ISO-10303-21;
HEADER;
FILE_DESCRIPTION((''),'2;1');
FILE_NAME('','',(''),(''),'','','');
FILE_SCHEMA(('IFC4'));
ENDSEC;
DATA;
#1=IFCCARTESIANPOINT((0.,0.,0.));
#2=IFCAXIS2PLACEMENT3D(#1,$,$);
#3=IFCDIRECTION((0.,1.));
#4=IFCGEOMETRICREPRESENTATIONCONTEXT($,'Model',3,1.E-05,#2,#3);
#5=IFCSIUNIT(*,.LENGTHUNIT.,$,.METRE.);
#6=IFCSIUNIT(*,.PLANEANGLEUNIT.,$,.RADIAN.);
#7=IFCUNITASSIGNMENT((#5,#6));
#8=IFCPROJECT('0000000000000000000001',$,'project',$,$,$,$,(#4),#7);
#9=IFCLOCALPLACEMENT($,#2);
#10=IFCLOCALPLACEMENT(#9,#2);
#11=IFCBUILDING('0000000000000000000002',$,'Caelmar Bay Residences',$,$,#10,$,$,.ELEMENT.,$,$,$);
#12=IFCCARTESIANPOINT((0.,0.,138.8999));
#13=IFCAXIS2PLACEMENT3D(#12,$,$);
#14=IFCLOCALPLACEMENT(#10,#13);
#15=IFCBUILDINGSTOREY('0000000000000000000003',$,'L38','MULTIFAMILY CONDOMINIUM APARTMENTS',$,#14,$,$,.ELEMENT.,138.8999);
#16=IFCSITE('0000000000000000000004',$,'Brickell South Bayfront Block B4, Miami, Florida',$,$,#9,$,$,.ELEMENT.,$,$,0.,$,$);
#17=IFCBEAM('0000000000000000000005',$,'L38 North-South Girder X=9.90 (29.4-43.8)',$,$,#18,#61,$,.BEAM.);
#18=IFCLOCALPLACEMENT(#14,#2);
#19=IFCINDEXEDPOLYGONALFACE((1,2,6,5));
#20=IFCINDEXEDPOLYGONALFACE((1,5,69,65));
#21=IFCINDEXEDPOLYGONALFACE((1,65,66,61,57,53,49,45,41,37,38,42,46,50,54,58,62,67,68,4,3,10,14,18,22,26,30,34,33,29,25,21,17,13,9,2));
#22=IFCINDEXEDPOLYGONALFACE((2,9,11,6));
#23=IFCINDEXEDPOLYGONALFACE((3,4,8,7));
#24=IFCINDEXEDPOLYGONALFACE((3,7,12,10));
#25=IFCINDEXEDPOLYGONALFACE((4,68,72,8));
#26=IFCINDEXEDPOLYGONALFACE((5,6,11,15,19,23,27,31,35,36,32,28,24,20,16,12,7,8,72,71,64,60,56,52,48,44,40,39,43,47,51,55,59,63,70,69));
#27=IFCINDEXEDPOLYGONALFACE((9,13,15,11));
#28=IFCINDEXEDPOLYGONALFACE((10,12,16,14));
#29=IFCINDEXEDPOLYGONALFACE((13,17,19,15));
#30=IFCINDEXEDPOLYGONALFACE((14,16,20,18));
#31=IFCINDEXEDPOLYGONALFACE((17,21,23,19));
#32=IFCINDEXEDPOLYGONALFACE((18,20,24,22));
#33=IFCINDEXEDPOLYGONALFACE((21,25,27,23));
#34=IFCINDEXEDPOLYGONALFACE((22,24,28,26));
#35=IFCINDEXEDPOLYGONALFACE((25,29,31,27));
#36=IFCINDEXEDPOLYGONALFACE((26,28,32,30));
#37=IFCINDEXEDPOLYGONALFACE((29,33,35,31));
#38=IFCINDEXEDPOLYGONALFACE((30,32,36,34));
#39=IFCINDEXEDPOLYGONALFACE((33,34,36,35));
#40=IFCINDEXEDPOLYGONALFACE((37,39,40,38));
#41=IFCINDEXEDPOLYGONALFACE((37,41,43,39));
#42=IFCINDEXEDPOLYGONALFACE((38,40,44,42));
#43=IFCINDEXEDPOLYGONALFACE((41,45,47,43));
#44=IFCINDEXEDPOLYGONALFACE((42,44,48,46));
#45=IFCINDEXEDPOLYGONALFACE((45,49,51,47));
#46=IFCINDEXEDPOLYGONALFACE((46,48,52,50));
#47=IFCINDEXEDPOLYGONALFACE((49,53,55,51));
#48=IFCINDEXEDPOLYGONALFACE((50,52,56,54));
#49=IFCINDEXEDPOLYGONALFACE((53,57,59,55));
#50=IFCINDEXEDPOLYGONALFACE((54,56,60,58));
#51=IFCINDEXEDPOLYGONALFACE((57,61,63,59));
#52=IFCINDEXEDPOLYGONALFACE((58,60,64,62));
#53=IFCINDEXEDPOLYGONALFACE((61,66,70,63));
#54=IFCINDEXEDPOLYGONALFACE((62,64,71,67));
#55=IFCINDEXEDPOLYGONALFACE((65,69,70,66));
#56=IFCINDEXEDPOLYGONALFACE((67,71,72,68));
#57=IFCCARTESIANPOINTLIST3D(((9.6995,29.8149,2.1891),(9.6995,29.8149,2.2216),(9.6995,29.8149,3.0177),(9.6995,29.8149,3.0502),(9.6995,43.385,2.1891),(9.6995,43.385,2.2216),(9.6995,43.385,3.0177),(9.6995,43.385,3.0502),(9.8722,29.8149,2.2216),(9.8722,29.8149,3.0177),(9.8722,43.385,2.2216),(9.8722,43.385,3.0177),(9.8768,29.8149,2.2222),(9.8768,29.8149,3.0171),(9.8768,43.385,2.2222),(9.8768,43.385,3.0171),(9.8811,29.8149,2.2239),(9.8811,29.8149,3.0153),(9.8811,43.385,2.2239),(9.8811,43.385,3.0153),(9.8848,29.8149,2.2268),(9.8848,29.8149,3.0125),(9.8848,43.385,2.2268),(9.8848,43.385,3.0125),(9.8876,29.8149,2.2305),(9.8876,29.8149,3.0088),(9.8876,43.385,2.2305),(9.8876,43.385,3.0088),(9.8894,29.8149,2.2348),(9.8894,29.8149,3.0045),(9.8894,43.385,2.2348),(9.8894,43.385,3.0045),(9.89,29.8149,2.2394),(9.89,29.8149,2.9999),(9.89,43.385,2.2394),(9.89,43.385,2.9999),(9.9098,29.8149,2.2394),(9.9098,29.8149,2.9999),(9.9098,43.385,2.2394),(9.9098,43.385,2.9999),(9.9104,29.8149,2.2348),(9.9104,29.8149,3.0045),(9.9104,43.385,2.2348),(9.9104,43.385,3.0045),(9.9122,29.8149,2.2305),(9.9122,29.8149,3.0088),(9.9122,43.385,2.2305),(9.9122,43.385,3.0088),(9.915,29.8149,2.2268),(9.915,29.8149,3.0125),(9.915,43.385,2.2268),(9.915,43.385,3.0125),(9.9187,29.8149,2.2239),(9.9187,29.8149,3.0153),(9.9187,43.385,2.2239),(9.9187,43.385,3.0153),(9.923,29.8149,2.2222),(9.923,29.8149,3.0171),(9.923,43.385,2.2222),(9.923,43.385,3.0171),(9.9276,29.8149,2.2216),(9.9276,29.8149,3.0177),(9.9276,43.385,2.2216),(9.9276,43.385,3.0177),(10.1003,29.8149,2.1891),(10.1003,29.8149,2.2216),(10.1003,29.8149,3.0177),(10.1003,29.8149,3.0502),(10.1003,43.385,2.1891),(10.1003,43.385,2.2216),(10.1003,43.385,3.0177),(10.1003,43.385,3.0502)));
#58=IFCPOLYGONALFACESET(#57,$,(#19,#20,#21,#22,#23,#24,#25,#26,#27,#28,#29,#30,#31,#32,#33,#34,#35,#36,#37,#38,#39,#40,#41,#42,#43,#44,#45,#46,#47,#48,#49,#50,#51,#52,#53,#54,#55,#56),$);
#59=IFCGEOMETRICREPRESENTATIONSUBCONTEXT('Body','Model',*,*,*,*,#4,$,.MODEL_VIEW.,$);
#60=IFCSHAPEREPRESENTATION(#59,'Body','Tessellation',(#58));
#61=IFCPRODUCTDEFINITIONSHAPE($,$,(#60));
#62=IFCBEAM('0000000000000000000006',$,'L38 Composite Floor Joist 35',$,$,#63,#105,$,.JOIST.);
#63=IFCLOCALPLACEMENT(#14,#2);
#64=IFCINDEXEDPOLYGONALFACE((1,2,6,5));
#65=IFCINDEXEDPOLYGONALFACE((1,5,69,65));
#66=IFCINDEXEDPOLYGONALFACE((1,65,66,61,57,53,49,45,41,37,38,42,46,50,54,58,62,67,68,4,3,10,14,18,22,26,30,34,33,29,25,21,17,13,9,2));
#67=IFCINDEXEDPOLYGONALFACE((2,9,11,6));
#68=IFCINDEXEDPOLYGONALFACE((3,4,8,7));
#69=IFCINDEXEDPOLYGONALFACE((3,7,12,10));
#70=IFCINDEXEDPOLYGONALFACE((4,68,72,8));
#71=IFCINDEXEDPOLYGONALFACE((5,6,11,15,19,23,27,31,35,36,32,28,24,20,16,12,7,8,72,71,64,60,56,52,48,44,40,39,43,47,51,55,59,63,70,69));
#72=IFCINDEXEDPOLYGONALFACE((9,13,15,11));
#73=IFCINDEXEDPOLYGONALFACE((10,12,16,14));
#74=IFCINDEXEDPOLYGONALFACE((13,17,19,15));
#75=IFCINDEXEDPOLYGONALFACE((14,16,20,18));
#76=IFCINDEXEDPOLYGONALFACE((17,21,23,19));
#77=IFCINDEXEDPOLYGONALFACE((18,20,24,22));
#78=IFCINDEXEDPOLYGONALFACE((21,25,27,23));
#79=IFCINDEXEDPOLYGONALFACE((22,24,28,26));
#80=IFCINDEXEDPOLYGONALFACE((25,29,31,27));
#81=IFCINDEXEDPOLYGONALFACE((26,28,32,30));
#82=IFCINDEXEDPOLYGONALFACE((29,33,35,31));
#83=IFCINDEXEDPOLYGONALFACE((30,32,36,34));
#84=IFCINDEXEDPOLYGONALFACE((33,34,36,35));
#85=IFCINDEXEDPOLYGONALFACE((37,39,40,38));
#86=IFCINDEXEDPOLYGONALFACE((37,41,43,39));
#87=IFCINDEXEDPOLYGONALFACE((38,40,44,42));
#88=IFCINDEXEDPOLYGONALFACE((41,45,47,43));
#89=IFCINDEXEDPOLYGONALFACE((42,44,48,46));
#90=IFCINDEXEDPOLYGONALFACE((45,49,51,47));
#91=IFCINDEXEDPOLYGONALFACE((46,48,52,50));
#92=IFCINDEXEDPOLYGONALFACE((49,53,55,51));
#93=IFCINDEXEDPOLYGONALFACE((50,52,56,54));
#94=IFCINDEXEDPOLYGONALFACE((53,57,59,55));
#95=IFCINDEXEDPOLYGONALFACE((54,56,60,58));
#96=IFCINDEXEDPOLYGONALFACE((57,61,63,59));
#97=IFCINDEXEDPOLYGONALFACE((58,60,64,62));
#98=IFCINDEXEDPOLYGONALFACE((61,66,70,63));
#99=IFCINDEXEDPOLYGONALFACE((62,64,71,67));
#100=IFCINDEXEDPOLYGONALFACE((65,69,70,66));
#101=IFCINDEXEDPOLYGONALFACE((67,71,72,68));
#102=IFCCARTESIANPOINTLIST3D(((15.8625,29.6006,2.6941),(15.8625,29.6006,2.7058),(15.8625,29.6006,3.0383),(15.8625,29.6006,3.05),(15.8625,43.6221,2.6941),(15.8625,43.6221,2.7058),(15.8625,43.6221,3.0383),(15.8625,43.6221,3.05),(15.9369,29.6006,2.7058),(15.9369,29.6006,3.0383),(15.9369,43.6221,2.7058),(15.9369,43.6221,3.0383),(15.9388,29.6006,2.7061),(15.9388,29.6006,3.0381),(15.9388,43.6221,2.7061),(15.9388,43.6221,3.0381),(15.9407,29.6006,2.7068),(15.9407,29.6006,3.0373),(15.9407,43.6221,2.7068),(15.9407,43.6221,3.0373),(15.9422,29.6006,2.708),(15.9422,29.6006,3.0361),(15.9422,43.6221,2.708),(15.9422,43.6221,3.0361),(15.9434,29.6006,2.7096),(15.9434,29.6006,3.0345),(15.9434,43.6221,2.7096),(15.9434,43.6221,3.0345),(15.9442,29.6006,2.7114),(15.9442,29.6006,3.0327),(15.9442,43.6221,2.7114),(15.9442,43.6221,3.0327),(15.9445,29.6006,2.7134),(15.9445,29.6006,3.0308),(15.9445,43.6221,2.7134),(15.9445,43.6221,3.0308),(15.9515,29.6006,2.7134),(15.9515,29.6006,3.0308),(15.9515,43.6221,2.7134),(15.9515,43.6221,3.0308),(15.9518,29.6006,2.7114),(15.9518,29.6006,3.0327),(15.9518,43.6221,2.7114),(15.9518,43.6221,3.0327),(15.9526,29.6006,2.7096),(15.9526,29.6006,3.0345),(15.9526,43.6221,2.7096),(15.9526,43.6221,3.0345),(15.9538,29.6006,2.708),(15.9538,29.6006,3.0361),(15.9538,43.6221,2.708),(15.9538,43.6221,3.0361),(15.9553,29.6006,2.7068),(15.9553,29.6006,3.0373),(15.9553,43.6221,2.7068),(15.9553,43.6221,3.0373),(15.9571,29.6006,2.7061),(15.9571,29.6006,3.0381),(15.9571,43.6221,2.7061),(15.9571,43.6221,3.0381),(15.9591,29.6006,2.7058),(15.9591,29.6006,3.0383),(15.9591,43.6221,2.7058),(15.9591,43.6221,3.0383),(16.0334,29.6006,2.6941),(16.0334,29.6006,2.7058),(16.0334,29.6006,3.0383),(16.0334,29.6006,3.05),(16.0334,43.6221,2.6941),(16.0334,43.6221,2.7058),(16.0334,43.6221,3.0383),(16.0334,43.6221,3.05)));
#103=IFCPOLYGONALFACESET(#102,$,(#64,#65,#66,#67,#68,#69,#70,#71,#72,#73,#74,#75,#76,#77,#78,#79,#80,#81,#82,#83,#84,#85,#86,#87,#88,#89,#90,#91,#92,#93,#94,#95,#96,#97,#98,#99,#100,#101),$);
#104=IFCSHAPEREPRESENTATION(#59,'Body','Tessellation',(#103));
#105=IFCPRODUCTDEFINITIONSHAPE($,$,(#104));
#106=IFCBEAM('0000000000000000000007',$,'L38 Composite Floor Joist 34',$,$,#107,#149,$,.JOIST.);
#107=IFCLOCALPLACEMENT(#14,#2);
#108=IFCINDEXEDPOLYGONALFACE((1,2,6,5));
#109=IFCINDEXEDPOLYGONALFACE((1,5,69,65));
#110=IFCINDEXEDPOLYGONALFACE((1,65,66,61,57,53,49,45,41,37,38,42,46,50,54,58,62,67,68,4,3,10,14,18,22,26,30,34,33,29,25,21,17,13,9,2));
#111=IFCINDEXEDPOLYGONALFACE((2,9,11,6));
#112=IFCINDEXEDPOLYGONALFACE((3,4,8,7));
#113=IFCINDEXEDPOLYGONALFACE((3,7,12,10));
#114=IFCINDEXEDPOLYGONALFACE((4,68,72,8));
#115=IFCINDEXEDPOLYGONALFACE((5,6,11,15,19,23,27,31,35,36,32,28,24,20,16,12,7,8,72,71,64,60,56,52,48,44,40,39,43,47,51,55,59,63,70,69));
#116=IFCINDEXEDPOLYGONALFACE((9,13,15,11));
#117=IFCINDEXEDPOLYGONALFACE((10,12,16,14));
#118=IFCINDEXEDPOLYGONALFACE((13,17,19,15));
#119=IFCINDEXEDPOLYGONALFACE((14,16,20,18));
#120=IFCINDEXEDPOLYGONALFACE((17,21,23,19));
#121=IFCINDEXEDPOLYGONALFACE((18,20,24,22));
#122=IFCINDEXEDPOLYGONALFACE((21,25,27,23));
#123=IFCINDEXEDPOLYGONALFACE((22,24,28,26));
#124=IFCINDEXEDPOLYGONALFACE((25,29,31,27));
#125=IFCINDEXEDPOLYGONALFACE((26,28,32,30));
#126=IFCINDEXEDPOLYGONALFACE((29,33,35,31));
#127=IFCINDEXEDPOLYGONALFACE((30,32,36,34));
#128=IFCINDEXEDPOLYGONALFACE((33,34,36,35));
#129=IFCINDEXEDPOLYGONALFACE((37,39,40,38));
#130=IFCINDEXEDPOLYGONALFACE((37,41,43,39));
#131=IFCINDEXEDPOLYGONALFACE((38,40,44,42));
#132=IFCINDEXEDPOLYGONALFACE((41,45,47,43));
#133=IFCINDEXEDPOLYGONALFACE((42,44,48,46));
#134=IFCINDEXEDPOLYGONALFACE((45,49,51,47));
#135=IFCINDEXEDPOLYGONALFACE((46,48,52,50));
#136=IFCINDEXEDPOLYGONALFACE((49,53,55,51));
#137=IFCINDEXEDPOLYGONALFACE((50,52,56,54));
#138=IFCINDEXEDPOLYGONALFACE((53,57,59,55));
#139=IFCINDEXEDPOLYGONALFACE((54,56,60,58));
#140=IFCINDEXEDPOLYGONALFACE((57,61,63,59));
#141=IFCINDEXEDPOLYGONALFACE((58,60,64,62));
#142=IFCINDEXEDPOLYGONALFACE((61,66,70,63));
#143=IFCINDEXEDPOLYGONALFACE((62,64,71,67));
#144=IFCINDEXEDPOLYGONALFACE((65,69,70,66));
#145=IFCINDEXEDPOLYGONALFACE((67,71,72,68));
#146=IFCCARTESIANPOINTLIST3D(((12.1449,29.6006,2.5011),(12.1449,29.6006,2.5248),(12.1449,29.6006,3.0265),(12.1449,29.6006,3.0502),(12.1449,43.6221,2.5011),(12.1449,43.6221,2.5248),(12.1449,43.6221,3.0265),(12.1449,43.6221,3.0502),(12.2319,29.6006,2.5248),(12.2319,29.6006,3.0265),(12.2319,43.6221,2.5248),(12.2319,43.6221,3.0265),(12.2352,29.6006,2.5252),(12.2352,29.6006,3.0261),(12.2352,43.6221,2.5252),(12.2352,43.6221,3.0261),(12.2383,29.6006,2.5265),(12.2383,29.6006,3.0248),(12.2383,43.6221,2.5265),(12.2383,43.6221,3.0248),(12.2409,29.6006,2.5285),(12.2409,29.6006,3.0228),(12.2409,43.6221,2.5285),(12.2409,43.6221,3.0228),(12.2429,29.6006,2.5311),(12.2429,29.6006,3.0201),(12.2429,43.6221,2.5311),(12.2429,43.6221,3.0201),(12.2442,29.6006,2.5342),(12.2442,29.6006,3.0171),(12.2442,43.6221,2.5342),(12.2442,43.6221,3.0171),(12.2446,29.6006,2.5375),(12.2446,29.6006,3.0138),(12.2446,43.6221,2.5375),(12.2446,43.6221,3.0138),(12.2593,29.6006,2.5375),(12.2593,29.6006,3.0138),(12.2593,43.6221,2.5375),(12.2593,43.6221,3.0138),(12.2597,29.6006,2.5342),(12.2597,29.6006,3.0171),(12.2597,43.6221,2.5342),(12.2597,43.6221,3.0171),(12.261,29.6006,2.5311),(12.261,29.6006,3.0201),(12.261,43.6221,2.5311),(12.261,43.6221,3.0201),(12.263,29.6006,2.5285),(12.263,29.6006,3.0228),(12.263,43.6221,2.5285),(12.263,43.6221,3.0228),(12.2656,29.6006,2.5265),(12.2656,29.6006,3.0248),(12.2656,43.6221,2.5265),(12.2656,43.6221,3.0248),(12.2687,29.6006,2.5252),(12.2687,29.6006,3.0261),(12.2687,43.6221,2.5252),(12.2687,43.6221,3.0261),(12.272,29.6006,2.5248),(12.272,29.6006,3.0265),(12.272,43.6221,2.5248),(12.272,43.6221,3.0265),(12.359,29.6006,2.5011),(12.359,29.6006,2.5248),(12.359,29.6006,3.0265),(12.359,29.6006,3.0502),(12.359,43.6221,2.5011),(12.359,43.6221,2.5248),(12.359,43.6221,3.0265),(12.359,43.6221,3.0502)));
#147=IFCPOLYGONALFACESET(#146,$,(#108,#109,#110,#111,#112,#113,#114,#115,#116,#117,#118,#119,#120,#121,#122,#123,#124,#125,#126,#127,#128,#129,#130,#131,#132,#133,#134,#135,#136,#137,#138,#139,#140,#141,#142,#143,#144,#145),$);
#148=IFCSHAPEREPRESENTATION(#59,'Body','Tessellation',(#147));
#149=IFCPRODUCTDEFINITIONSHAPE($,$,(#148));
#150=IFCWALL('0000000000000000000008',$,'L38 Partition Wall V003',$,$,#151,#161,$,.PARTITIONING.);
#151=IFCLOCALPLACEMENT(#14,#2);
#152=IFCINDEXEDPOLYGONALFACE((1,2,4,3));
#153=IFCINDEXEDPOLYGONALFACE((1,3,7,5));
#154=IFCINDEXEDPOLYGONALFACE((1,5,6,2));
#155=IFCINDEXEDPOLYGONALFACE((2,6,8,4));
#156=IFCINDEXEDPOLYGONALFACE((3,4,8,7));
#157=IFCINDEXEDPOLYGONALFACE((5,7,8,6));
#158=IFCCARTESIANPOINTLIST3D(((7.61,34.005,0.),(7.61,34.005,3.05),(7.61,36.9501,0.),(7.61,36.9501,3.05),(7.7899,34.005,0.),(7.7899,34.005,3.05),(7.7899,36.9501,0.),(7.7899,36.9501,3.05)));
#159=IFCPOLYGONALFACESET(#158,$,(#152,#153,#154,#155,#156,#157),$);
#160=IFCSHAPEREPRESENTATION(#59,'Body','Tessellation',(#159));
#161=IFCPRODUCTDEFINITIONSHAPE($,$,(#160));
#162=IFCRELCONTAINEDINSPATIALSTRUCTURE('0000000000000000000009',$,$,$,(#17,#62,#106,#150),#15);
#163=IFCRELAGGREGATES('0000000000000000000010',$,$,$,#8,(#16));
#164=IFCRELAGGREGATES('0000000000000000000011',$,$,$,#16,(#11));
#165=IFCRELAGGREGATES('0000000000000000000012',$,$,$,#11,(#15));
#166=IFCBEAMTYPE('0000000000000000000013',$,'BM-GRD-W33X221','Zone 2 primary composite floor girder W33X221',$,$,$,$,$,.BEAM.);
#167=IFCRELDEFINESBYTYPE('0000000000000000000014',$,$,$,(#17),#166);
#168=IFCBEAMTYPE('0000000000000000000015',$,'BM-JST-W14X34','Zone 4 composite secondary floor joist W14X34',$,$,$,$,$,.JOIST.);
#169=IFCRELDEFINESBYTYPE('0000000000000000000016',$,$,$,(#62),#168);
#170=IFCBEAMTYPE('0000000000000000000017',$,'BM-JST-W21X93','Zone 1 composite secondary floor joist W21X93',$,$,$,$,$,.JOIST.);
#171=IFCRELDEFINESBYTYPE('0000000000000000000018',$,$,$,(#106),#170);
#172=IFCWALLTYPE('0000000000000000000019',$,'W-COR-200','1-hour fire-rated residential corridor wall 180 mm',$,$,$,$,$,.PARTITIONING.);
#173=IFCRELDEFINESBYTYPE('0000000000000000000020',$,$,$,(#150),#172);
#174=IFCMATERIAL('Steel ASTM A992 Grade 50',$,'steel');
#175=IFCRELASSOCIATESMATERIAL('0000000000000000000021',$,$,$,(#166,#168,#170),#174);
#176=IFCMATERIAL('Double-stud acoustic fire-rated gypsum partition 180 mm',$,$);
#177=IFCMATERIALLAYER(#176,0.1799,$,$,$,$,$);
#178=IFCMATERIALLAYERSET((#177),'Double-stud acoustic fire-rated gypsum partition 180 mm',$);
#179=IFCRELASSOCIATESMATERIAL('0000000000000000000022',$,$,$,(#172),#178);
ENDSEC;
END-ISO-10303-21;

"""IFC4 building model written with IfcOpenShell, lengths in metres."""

from ifc_helpers import new_model, si_unit, direction, frame, frame_2d, origin, origin_2d, place, context, subcontext, project, spatial, rectangle, i_section, extrude, material, layer, layer_set, material_profile, profile_set, type_object, element, save


model = new_model("IFC4")

# Units and contexts
model_context = context("Model", 3, precision=1e-05, world=origin(), true_north=direction((0.0, 1.0)))
body_context = subcontext(model_context, "Body", "Model", "MODEL_VIEW")
ifc_project = project(units=[si_unit("LENGTHUNIT", "METRE"), si_unit("PLANEANGLEUNIT", "RADIAN")], contexts=[model_context])

# Site, building, storey
site_placement = place(None, origin())
site = spatial("IfcSite", under=ifc_project, at=site_placement, Name="Brickell South Bayfront Block B4, Miami, Florida", CompositionType="ELEMENT", RefElevation=0.0)
building_placement = place(site_placement, origin())
building = spatial("IfcBuilding", under=site, at=building_placement, Name="Caelmar Bay Residences", CompositionType="ELEMENT")
storey_placement = place(building_placement, frame((0.0, 0.0, 138.8999)))
storey = spatial("IfcBuildingStorey", under=building, at=storey_placement, Name="L38", Description="MULTIFAMILY CONDOMINIUM APARTMENTS", CompositionType="ELEMENT", Elevation=138.8999)

# Beams
ifc_material_1 = material(Name="Steel ASTM A992 Grade 50", Category="steel")
ifc_material_profile_1 = material_profile(ifc_material_1, i_section(OverallWidth=0.4009, OverallDepth=0.8611, WebThickness=0.0198, FlangeThickness=0.0325, FilletRadius=0.0178, at=origin_2d()), Name="W33X221")
ifc_profile_set_1 = profile_set([ifc_material_profile_1], Name="Steel ASTM A992 Grade 50")
beam_type_1 = type_object("IfcBeamType", Name="BM-GRD-W33X221", Description="Zone 2 primary composite floor girder W33X221", PredefinedType="BEAM", material=ifc_profile_set_1)
beam_1_placement = place(storey_placement, frame((9.8999, 29.8149, 2.6196), z_axis=(0.0, 1.0, 0.0), x_axis=(-1.0, 0.0, 0.0)))
element("IfcBeam", 1, at=beam_1_placement, inside=storey, type_object=beam_type_1, Name="L38 North-South Girder X=9.90 (29.4-43.8)", PredefinedType="BEAM", context=body_context, shape_type="SweptSolid", body=[
    extrude(i_section(OverallWidth=0.4009, OverallDepth=0.8611, WebThickness=0.0198, FlangeThickness=0.0325, FilletRadius=0.0178, at=origin_2d()), origin(), (0.0, 0.0, 1.0), 13.5701),
])
ifc_material_profile_2 = material_profile(ifc_material_1, i_section(OverallWidth=0.1709, OverallDepth=0.356, WebThickness=0.0071, FlangeThickness=0.0117, FilletRadius=0.0076, at=origin_2d()), Name="W14X34")
ifc_profile_set_2 = profile_set([ifc_material_profile_2], Name="Steel ASTM A992 Grade 50")
beam_type_2 = type_object("IfcBeamType", Name="BM-JST-W14X34", Description="Zone 4 composite secondary floor joist W14X34", PredefinedType="JOIST", material=ifc_profile_set_2)
beam_2_placement = place(storey_placement, frame((15.948, 29.6006, 2.8721), z_axis=(0.0, 1.0, 0.0), x_axis=(-1.0, 0.0, 0.0)))
element("IfcBeam", 2, at=beam_2_placement, inside=storey, type_object=beam_type_2, Name="L38 Composite Floor Joist 35", PredefinedType="JOIST", context=body_context, shape_type="SweptSolid", body=[
    extrude(i_section(OverallWidth=0.1709, OverallDepth=0.356, WebThickness=0.0071, FlangeThickness=0.0117, FilletRadius=0.0076, at=origin_2d()), origin(), (0.0, 0.0, 1.0), 14.0215),
])
ifc_material_profile_3 = material_profile(ifc_material_1, i_section(OverallWidth=0.2141, OverallDepth=0.5491, WebThickness=0.0146, FlangeThickness=0.0237, FilletRadius=0.0127, at=origin_2d()), Name="W21X93")
ifc_profile_set_3 = profile_set([ifc_material_profile_3], Name="Steel ASTM A992 Grade 50")
beam_type_3 = type_object("IfcBeamType", Name="BM-JST-W21X93", Description="Zone 1 composite secondary floor joist W21X93", PredefinedType="JOIST", material=ifc_profile_set_3)
beam_3_placement = place(storey_placement, frame((12.252, 29.6006, 2.7756), z_axis=(0.0, 1.0, 0.0), x_axis=(-1.0, 0.0, 0.0)))
element("IfcBeam", 3, at=beam_3_placement, inside=storey, type_object=beam_type_3, Name="L38 Composite Floor Joist 34", PredefinedType="JOIST", context=body_context, shape_type="SweptSolid", body=[
    extrude(i_section(OverallWidth=0.2141, OverallDepth=0.5491, WebThickness=0.0146, FlangeThickness=0.0237, FilletRadius=0.0127, at=origin_2d()), origin(), (0.0, 0.0, 1.0), 14.0215),
])

# Wall
ifc_material_2 = material(Name="Double-stud acoustic fire-rated gypsum partition 180 mm")
ifc_layer_1 = layer(ifc_material_2, 0.1799)
ifc_layer_set_1 = layer_set([ifc_layer_1], Name="Double-stud acoustic fire-rated gypsum partition 180 mm")
wall_type_1 = type_object("IfcWallType", Name="W-COR-200", Description="1-hour fire-rated residential corridor wall 180 mm", PredefinedType="PARTITIONING", material=ifc_layer_set_1)
wall_1_placement = place(storey_placement, frame((7.7, 34.0049, 0.0), z_axis=(0.0, 0.0, 1.0), x_axis=(0.0, 1.0, 0.0)))
element("IfcWall", 4, at=wall_1_placement, inside=storey, type_object=wall_type_1, Name="L38 Partition Wall V003", PredefinedType="PARTITIONING", context=body_context, shape_type="SweptSolid", body=[
    extrude(rectangle(XDim=2.9451, YDim=0.1799, at=frame_2d((1.4727, 0.0))), origin(), (0.0, 0.0, 1.0), 3.05),
])

save(model, "model.ifc")
